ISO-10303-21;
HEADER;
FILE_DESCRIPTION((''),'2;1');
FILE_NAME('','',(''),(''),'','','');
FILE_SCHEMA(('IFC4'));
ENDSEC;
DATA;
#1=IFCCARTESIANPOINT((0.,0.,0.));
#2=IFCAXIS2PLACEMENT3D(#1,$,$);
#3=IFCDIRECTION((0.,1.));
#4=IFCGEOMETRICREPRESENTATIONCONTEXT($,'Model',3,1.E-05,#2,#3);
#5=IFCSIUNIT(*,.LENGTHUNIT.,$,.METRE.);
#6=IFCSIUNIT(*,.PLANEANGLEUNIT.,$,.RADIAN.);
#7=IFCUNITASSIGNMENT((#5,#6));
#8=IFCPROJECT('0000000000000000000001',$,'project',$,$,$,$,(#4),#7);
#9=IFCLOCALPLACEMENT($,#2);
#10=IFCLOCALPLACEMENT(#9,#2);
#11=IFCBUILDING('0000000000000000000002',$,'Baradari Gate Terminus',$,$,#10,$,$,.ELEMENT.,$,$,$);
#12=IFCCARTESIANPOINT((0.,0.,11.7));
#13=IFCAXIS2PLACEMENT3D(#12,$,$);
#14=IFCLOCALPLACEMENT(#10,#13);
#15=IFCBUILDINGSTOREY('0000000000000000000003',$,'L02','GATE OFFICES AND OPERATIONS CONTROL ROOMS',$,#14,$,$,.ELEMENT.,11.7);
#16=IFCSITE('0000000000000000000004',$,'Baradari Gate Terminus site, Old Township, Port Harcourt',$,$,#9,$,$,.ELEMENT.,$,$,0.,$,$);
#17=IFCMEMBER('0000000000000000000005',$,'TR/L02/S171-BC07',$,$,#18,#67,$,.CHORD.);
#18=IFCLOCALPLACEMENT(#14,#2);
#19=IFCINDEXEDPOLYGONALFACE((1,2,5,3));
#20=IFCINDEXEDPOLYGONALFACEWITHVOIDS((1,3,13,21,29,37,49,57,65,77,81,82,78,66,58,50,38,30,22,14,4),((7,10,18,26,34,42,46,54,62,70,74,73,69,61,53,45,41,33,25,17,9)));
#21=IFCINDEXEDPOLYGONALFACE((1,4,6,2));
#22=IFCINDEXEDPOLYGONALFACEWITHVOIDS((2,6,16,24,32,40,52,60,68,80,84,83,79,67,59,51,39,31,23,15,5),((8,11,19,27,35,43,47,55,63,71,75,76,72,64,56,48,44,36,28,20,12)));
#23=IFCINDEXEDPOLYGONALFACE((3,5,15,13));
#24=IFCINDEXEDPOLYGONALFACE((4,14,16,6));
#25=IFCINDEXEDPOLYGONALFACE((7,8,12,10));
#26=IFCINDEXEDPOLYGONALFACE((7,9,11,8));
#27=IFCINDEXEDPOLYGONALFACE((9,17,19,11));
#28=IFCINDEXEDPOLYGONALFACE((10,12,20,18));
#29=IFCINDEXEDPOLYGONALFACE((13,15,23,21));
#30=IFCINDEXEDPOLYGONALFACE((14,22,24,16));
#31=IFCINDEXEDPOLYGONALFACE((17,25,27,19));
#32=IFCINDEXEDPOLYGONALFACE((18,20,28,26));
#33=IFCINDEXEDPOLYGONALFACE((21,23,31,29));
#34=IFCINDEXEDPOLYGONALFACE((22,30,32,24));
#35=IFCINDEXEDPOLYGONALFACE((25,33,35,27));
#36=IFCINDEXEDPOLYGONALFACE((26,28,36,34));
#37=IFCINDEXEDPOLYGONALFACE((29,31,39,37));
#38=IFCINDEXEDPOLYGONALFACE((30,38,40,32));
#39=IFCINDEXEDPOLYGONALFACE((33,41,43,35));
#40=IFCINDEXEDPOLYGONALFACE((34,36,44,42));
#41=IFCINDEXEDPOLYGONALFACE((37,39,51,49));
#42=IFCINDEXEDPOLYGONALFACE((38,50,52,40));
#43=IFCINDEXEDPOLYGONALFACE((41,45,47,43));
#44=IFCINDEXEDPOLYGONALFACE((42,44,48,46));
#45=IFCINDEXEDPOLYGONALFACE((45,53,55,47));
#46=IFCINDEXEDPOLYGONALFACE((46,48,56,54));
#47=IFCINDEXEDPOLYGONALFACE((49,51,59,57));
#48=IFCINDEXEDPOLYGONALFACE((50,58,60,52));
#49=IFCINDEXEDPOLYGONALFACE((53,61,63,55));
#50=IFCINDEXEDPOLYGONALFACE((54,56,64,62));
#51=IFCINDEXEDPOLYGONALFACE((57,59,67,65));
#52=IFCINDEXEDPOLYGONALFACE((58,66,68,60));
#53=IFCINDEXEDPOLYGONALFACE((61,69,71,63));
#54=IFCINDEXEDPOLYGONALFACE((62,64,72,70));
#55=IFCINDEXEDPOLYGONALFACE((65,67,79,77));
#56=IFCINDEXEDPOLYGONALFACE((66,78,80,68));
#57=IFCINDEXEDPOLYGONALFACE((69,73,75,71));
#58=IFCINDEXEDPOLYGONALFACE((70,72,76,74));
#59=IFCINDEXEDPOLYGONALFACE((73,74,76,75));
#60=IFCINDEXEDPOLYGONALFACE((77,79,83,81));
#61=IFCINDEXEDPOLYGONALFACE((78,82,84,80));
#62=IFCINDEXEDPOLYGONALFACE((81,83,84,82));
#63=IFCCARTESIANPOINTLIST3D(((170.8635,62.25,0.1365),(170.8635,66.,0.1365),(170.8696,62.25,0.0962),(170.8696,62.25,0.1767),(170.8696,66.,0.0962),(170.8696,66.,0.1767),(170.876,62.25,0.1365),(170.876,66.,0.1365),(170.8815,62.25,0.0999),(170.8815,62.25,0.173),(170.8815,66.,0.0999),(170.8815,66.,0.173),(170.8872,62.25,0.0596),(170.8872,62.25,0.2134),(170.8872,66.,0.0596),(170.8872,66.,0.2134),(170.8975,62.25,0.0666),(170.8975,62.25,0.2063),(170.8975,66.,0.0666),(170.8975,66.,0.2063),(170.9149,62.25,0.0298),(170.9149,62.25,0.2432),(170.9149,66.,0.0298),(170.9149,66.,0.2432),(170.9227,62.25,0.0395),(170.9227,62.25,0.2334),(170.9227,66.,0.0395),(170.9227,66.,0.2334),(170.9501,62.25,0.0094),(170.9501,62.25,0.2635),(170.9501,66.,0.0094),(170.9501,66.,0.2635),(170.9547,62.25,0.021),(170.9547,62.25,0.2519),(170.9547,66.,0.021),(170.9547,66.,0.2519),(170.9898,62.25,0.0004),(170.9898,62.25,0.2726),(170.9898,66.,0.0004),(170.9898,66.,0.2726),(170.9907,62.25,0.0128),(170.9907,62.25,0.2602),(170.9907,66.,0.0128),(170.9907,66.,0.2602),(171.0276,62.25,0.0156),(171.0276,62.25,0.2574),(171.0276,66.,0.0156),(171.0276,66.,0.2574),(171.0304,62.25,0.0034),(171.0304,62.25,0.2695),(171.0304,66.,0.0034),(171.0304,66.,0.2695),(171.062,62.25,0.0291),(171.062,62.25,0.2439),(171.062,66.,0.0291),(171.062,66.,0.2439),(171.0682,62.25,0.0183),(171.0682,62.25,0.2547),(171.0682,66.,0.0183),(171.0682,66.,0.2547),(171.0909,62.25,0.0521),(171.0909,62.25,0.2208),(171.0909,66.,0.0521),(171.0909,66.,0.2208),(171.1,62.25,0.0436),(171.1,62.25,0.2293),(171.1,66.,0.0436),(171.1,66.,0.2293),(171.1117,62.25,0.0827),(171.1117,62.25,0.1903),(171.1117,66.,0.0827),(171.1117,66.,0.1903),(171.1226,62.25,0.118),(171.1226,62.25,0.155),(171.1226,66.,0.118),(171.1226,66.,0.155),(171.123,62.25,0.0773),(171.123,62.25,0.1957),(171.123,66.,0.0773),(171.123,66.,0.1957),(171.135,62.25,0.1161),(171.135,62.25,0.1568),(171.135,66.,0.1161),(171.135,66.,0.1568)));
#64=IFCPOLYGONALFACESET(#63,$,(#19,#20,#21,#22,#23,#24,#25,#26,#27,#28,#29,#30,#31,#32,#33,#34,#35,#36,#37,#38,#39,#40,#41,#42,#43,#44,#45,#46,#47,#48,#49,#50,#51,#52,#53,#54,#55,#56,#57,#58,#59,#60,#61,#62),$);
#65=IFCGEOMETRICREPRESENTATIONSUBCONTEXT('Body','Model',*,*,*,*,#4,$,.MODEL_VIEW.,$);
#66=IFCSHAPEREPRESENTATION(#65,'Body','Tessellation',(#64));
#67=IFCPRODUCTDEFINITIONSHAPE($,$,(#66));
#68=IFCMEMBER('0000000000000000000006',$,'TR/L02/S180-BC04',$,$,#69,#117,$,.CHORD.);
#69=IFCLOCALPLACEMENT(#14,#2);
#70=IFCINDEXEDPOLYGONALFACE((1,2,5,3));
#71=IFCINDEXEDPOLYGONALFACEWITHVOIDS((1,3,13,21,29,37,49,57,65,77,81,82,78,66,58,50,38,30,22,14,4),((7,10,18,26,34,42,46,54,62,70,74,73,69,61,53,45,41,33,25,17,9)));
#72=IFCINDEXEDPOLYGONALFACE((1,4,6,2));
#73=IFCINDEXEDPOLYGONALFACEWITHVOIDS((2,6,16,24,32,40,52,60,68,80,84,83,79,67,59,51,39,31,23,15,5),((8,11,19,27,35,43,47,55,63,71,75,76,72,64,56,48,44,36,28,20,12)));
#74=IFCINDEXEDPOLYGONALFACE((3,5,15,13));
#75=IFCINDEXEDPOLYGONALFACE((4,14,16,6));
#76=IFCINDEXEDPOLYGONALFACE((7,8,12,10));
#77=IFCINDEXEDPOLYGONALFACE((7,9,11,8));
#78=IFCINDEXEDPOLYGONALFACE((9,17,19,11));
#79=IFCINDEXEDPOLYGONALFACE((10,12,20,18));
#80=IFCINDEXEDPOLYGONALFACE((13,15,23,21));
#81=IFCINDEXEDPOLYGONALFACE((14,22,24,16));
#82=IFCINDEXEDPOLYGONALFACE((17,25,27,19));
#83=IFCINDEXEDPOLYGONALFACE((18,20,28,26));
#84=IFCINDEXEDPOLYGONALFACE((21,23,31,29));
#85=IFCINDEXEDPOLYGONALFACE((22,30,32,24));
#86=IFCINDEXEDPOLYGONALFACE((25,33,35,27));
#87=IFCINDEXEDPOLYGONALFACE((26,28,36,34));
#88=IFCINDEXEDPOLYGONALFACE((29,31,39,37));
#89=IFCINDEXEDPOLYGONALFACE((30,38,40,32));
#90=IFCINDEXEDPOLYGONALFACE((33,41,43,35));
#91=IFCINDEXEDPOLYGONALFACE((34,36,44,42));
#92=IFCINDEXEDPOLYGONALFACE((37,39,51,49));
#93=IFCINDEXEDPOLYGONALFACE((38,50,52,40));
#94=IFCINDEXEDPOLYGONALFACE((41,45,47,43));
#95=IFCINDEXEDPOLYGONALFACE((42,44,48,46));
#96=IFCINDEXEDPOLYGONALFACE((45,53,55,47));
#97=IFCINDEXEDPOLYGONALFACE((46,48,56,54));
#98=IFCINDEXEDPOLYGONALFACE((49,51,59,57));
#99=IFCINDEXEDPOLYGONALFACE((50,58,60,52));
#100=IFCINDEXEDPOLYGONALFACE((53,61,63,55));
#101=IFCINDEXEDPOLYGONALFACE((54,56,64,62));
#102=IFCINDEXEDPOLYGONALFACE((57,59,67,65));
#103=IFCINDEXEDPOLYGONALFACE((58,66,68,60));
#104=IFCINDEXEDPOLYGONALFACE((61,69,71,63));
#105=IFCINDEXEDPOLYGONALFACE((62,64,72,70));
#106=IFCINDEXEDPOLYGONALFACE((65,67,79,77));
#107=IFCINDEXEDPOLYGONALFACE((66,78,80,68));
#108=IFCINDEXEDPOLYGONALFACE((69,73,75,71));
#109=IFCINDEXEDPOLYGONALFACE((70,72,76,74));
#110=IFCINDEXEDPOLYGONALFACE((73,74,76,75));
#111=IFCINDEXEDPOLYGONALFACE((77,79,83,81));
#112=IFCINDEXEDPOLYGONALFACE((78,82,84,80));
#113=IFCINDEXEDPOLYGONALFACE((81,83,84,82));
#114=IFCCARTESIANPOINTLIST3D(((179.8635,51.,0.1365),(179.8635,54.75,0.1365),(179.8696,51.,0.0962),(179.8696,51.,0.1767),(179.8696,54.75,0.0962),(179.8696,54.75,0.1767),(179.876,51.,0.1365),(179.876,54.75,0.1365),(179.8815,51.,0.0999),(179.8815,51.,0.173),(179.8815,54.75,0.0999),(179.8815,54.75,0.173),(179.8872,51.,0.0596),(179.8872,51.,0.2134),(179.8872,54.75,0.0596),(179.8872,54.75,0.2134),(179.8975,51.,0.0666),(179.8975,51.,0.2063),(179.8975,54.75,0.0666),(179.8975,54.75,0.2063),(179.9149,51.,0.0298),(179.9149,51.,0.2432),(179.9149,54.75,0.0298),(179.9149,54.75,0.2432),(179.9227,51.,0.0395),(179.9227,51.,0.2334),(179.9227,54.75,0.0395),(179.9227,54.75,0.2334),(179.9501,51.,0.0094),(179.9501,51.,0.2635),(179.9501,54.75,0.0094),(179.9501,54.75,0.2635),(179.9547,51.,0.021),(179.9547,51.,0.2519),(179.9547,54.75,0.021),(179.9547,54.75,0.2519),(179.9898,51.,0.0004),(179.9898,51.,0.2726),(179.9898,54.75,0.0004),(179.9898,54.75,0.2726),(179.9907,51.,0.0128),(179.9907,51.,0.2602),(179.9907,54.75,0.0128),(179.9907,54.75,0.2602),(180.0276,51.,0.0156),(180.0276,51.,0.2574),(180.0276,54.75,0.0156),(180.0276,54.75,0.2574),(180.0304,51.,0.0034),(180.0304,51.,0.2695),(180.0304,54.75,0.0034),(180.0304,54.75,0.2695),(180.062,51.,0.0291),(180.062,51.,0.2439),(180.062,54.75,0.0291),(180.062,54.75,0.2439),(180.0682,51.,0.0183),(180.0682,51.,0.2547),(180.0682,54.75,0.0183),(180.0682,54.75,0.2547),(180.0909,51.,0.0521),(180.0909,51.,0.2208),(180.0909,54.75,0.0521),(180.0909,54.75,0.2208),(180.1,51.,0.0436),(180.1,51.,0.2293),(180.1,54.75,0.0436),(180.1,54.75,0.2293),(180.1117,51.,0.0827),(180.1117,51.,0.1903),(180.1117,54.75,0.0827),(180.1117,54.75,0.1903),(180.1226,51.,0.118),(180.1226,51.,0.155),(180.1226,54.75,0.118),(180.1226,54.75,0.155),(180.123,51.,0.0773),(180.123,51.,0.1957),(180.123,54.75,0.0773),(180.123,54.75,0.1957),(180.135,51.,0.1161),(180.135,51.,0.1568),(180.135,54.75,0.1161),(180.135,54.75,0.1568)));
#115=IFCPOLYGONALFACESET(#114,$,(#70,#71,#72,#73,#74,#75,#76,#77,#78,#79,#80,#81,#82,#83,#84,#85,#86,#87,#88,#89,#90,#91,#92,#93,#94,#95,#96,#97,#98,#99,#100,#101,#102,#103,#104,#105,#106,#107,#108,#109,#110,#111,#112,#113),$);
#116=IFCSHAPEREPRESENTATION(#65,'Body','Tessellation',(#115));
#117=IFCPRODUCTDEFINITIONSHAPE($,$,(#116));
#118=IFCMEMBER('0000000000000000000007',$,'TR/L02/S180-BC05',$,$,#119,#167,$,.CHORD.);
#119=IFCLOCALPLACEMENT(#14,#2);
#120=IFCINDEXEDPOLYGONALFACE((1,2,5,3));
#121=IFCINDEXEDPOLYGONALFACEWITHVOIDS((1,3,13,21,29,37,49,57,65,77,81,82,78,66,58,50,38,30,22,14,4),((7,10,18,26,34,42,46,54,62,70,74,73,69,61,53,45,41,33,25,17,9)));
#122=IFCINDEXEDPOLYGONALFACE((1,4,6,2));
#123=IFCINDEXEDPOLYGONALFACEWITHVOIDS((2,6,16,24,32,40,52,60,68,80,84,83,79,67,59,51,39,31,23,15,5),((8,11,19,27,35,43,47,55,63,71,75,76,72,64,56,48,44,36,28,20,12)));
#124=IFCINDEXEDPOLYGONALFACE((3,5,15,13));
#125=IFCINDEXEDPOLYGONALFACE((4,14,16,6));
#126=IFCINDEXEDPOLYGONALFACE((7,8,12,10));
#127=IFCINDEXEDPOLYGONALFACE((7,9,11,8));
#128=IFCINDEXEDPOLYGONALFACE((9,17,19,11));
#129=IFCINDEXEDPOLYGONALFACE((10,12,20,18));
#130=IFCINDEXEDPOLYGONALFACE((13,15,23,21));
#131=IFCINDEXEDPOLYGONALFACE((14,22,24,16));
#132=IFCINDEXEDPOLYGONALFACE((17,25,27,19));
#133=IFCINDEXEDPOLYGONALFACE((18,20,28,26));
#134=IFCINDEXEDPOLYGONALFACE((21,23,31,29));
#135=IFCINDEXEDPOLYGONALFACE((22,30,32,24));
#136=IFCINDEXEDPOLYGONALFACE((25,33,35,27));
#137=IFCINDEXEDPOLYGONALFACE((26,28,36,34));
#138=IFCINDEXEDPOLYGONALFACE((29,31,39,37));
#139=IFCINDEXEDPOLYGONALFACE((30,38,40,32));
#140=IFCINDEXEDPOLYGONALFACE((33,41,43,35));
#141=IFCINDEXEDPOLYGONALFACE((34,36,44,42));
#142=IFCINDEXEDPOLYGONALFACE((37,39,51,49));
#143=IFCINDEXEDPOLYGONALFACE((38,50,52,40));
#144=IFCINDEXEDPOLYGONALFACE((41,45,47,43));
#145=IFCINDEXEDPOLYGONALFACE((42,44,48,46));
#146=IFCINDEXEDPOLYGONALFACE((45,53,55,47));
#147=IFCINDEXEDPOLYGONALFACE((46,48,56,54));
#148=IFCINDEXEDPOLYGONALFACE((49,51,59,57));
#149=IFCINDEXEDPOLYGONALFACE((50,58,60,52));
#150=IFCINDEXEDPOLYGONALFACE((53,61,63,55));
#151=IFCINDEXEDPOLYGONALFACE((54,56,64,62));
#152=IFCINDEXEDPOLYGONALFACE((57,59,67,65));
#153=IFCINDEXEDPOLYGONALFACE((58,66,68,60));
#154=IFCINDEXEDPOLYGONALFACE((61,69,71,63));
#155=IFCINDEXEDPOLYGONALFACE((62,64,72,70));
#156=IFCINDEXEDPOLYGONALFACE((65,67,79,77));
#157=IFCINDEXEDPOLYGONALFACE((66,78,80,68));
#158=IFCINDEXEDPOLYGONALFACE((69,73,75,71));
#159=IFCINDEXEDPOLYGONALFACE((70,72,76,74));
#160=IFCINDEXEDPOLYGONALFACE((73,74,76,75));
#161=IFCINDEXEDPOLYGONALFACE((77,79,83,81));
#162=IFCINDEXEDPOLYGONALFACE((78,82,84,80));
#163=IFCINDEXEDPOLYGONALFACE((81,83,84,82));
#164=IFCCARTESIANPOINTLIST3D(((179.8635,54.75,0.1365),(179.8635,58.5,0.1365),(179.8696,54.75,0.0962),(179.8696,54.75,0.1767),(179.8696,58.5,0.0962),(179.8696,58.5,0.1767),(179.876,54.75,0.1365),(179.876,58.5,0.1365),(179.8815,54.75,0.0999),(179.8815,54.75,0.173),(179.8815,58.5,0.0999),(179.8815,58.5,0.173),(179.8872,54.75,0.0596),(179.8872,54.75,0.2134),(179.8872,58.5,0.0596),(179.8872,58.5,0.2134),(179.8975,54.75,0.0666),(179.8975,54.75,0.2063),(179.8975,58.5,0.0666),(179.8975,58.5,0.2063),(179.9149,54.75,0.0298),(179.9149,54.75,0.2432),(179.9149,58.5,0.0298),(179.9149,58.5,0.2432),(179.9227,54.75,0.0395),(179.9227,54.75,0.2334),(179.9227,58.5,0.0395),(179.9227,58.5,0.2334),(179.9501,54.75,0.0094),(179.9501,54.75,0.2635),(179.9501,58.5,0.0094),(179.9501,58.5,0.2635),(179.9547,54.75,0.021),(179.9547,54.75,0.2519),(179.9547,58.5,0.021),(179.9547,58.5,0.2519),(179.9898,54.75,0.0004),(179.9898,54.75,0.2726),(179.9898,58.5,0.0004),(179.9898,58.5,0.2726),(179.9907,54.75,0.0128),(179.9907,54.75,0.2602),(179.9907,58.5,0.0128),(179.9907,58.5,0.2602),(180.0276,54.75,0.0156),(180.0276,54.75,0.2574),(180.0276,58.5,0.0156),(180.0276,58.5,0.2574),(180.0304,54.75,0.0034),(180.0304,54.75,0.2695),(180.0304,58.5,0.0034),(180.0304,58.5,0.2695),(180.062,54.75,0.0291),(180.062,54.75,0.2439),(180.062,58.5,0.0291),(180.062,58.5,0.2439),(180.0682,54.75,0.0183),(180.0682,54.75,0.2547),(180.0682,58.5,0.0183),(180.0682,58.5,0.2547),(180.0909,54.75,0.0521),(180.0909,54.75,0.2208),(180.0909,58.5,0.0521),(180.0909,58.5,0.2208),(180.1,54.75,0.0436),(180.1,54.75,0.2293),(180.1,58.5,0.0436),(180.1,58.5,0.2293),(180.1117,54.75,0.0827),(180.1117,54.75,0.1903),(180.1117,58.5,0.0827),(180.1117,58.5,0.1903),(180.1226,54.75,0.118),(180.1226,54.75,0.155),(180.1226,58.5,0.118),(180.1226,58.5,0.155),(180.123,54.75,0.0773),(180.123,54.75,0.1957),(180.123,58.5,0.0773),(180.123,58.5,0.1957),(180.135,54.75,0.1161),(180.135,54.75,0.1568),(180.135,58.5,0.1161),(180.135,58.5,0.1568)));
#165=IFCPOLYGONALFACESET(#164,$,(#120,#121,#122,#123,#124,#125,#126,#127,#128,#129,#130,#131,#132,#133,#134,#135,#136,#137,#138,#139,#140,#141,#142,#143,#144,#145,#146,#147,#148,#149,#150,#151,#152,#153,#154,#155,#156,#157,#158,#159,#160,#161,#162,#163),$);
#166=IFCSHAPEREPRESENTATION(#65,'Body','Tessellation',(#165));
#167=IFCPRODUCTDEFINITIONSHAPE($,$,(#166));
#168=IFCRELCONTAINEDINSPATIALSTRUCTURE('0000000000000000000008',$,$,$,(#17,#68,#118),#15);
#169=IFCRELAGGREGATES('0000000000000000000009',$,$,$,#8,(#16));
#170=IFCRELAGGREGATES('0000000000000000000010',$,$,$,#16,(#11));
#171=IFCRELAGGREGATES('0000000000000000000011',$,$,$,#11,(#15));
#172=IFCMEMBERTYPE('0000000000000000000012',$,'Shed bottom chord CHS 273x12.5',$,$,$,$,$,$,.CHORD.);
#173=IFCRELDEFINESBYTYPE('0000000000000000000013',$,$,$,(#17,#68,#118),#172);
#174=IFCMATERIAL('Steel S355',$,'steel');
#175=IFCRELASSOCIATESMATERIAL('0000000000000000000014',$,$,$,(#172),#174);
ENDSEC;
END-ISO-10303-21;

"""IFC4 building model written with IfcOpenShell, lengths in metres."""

from ifc_helpers import new_model, si_unit, direction, frame, origin, origin_2d, place, context, subcontext, project, spatial, hollow_circle, extrude, material, material_profile, profile_set, type_object, element, save


model = new_model("IFC4")

# Units and contexts
model_context = context("Model", 3, precision=1e-05, world=origin(), true_north=direction((0.0, 1.0)))
body_context = subcontext(model_context, "Body", "Model", "MODEL_VIEW")
ifc_project = project(units=[si_unit("LENGTHUNIT", "METRE"), si_unit("PLANEANGLEUNIT", "RADIAN")], contexts=[model_context])

# Site, building, storey
site_placement = place(None, origin())
site = spatial("IfcSite", under=ifc_project, at=site_placement, Name="Baradari Gate Terminus site, Old Township, Port Harcourt", CompositionType="ELEMENT", RefElevation=0.0)
building_placement = place(site_placement, origin())
building = spatial("IfcBuilding", under=site, at=building_placement, Name="Baradari Gate Terminus", CompositionType="ELEMENT")
storey_placement = place(building_placement, frame((0.0, 0.0, 11.7)))
storey = spatial("IfcBuildingStorey", under=building, at=storey_placement, Name="L02", Description="GATE OFFICES AND OPERATIONS CONTROL ROOMS", CompositionType="ELEMENT", Elevation=11.7)

# Members
ifc_material_1 = material(Name="Steel S355", Category="steel")
ifc_material_profile_1 = material_profile(ifc_material_1, hollow_circle(Radius=0.1365, WallThickness=0.0125, at=origin_2d()), Name="CHS 273x12.5")
ifc_profile_set_1 = profile_set([ifc_material_profile_1], Name="Steel S355")
member_type_1 = type_object("IfcMemberType", Name="Shed bottom chord CHS 273x12.5", PredefinedType="CHORD", material=ifc_profile_set_1)
for number, where, z_axis, x_axis, name in (
    (1, (171.0, 62.25, 0.1365), (0.0, 1.0, 0.0), (-1.0, 0.0, 0.0), "TR/L02/S171-BC07"),
    (2, (180.0, 51.0, 0.1365), (0.0, 1.0, 0.0), (-1.0, 0.0, 0.0), "TR/L02/S180-BC04"),
    (3, (180.0, 54.75, 0.1365), (0.0, 1.0, 0.0), (-1.0, 0.0, 0.0), "TR/L02/S180-BC05"),
):
    element("IfcMember", number, at=place(storey_placement, frame(where, z_axis=z_axis, x_axis=x_axis)), inside=storey, type_object=member_type_1, Name=name, PredefinedType="CHORD", context=body_context, shape_type="SweptSolid", body=[
        extrude(hollow_circle(Radius=0.1365, WallThickness=0.0125, at=origin_2d()), origin(), (0.0, 0.0, 1.0), 3.75),
    ])

save(model, "model.ifc")
